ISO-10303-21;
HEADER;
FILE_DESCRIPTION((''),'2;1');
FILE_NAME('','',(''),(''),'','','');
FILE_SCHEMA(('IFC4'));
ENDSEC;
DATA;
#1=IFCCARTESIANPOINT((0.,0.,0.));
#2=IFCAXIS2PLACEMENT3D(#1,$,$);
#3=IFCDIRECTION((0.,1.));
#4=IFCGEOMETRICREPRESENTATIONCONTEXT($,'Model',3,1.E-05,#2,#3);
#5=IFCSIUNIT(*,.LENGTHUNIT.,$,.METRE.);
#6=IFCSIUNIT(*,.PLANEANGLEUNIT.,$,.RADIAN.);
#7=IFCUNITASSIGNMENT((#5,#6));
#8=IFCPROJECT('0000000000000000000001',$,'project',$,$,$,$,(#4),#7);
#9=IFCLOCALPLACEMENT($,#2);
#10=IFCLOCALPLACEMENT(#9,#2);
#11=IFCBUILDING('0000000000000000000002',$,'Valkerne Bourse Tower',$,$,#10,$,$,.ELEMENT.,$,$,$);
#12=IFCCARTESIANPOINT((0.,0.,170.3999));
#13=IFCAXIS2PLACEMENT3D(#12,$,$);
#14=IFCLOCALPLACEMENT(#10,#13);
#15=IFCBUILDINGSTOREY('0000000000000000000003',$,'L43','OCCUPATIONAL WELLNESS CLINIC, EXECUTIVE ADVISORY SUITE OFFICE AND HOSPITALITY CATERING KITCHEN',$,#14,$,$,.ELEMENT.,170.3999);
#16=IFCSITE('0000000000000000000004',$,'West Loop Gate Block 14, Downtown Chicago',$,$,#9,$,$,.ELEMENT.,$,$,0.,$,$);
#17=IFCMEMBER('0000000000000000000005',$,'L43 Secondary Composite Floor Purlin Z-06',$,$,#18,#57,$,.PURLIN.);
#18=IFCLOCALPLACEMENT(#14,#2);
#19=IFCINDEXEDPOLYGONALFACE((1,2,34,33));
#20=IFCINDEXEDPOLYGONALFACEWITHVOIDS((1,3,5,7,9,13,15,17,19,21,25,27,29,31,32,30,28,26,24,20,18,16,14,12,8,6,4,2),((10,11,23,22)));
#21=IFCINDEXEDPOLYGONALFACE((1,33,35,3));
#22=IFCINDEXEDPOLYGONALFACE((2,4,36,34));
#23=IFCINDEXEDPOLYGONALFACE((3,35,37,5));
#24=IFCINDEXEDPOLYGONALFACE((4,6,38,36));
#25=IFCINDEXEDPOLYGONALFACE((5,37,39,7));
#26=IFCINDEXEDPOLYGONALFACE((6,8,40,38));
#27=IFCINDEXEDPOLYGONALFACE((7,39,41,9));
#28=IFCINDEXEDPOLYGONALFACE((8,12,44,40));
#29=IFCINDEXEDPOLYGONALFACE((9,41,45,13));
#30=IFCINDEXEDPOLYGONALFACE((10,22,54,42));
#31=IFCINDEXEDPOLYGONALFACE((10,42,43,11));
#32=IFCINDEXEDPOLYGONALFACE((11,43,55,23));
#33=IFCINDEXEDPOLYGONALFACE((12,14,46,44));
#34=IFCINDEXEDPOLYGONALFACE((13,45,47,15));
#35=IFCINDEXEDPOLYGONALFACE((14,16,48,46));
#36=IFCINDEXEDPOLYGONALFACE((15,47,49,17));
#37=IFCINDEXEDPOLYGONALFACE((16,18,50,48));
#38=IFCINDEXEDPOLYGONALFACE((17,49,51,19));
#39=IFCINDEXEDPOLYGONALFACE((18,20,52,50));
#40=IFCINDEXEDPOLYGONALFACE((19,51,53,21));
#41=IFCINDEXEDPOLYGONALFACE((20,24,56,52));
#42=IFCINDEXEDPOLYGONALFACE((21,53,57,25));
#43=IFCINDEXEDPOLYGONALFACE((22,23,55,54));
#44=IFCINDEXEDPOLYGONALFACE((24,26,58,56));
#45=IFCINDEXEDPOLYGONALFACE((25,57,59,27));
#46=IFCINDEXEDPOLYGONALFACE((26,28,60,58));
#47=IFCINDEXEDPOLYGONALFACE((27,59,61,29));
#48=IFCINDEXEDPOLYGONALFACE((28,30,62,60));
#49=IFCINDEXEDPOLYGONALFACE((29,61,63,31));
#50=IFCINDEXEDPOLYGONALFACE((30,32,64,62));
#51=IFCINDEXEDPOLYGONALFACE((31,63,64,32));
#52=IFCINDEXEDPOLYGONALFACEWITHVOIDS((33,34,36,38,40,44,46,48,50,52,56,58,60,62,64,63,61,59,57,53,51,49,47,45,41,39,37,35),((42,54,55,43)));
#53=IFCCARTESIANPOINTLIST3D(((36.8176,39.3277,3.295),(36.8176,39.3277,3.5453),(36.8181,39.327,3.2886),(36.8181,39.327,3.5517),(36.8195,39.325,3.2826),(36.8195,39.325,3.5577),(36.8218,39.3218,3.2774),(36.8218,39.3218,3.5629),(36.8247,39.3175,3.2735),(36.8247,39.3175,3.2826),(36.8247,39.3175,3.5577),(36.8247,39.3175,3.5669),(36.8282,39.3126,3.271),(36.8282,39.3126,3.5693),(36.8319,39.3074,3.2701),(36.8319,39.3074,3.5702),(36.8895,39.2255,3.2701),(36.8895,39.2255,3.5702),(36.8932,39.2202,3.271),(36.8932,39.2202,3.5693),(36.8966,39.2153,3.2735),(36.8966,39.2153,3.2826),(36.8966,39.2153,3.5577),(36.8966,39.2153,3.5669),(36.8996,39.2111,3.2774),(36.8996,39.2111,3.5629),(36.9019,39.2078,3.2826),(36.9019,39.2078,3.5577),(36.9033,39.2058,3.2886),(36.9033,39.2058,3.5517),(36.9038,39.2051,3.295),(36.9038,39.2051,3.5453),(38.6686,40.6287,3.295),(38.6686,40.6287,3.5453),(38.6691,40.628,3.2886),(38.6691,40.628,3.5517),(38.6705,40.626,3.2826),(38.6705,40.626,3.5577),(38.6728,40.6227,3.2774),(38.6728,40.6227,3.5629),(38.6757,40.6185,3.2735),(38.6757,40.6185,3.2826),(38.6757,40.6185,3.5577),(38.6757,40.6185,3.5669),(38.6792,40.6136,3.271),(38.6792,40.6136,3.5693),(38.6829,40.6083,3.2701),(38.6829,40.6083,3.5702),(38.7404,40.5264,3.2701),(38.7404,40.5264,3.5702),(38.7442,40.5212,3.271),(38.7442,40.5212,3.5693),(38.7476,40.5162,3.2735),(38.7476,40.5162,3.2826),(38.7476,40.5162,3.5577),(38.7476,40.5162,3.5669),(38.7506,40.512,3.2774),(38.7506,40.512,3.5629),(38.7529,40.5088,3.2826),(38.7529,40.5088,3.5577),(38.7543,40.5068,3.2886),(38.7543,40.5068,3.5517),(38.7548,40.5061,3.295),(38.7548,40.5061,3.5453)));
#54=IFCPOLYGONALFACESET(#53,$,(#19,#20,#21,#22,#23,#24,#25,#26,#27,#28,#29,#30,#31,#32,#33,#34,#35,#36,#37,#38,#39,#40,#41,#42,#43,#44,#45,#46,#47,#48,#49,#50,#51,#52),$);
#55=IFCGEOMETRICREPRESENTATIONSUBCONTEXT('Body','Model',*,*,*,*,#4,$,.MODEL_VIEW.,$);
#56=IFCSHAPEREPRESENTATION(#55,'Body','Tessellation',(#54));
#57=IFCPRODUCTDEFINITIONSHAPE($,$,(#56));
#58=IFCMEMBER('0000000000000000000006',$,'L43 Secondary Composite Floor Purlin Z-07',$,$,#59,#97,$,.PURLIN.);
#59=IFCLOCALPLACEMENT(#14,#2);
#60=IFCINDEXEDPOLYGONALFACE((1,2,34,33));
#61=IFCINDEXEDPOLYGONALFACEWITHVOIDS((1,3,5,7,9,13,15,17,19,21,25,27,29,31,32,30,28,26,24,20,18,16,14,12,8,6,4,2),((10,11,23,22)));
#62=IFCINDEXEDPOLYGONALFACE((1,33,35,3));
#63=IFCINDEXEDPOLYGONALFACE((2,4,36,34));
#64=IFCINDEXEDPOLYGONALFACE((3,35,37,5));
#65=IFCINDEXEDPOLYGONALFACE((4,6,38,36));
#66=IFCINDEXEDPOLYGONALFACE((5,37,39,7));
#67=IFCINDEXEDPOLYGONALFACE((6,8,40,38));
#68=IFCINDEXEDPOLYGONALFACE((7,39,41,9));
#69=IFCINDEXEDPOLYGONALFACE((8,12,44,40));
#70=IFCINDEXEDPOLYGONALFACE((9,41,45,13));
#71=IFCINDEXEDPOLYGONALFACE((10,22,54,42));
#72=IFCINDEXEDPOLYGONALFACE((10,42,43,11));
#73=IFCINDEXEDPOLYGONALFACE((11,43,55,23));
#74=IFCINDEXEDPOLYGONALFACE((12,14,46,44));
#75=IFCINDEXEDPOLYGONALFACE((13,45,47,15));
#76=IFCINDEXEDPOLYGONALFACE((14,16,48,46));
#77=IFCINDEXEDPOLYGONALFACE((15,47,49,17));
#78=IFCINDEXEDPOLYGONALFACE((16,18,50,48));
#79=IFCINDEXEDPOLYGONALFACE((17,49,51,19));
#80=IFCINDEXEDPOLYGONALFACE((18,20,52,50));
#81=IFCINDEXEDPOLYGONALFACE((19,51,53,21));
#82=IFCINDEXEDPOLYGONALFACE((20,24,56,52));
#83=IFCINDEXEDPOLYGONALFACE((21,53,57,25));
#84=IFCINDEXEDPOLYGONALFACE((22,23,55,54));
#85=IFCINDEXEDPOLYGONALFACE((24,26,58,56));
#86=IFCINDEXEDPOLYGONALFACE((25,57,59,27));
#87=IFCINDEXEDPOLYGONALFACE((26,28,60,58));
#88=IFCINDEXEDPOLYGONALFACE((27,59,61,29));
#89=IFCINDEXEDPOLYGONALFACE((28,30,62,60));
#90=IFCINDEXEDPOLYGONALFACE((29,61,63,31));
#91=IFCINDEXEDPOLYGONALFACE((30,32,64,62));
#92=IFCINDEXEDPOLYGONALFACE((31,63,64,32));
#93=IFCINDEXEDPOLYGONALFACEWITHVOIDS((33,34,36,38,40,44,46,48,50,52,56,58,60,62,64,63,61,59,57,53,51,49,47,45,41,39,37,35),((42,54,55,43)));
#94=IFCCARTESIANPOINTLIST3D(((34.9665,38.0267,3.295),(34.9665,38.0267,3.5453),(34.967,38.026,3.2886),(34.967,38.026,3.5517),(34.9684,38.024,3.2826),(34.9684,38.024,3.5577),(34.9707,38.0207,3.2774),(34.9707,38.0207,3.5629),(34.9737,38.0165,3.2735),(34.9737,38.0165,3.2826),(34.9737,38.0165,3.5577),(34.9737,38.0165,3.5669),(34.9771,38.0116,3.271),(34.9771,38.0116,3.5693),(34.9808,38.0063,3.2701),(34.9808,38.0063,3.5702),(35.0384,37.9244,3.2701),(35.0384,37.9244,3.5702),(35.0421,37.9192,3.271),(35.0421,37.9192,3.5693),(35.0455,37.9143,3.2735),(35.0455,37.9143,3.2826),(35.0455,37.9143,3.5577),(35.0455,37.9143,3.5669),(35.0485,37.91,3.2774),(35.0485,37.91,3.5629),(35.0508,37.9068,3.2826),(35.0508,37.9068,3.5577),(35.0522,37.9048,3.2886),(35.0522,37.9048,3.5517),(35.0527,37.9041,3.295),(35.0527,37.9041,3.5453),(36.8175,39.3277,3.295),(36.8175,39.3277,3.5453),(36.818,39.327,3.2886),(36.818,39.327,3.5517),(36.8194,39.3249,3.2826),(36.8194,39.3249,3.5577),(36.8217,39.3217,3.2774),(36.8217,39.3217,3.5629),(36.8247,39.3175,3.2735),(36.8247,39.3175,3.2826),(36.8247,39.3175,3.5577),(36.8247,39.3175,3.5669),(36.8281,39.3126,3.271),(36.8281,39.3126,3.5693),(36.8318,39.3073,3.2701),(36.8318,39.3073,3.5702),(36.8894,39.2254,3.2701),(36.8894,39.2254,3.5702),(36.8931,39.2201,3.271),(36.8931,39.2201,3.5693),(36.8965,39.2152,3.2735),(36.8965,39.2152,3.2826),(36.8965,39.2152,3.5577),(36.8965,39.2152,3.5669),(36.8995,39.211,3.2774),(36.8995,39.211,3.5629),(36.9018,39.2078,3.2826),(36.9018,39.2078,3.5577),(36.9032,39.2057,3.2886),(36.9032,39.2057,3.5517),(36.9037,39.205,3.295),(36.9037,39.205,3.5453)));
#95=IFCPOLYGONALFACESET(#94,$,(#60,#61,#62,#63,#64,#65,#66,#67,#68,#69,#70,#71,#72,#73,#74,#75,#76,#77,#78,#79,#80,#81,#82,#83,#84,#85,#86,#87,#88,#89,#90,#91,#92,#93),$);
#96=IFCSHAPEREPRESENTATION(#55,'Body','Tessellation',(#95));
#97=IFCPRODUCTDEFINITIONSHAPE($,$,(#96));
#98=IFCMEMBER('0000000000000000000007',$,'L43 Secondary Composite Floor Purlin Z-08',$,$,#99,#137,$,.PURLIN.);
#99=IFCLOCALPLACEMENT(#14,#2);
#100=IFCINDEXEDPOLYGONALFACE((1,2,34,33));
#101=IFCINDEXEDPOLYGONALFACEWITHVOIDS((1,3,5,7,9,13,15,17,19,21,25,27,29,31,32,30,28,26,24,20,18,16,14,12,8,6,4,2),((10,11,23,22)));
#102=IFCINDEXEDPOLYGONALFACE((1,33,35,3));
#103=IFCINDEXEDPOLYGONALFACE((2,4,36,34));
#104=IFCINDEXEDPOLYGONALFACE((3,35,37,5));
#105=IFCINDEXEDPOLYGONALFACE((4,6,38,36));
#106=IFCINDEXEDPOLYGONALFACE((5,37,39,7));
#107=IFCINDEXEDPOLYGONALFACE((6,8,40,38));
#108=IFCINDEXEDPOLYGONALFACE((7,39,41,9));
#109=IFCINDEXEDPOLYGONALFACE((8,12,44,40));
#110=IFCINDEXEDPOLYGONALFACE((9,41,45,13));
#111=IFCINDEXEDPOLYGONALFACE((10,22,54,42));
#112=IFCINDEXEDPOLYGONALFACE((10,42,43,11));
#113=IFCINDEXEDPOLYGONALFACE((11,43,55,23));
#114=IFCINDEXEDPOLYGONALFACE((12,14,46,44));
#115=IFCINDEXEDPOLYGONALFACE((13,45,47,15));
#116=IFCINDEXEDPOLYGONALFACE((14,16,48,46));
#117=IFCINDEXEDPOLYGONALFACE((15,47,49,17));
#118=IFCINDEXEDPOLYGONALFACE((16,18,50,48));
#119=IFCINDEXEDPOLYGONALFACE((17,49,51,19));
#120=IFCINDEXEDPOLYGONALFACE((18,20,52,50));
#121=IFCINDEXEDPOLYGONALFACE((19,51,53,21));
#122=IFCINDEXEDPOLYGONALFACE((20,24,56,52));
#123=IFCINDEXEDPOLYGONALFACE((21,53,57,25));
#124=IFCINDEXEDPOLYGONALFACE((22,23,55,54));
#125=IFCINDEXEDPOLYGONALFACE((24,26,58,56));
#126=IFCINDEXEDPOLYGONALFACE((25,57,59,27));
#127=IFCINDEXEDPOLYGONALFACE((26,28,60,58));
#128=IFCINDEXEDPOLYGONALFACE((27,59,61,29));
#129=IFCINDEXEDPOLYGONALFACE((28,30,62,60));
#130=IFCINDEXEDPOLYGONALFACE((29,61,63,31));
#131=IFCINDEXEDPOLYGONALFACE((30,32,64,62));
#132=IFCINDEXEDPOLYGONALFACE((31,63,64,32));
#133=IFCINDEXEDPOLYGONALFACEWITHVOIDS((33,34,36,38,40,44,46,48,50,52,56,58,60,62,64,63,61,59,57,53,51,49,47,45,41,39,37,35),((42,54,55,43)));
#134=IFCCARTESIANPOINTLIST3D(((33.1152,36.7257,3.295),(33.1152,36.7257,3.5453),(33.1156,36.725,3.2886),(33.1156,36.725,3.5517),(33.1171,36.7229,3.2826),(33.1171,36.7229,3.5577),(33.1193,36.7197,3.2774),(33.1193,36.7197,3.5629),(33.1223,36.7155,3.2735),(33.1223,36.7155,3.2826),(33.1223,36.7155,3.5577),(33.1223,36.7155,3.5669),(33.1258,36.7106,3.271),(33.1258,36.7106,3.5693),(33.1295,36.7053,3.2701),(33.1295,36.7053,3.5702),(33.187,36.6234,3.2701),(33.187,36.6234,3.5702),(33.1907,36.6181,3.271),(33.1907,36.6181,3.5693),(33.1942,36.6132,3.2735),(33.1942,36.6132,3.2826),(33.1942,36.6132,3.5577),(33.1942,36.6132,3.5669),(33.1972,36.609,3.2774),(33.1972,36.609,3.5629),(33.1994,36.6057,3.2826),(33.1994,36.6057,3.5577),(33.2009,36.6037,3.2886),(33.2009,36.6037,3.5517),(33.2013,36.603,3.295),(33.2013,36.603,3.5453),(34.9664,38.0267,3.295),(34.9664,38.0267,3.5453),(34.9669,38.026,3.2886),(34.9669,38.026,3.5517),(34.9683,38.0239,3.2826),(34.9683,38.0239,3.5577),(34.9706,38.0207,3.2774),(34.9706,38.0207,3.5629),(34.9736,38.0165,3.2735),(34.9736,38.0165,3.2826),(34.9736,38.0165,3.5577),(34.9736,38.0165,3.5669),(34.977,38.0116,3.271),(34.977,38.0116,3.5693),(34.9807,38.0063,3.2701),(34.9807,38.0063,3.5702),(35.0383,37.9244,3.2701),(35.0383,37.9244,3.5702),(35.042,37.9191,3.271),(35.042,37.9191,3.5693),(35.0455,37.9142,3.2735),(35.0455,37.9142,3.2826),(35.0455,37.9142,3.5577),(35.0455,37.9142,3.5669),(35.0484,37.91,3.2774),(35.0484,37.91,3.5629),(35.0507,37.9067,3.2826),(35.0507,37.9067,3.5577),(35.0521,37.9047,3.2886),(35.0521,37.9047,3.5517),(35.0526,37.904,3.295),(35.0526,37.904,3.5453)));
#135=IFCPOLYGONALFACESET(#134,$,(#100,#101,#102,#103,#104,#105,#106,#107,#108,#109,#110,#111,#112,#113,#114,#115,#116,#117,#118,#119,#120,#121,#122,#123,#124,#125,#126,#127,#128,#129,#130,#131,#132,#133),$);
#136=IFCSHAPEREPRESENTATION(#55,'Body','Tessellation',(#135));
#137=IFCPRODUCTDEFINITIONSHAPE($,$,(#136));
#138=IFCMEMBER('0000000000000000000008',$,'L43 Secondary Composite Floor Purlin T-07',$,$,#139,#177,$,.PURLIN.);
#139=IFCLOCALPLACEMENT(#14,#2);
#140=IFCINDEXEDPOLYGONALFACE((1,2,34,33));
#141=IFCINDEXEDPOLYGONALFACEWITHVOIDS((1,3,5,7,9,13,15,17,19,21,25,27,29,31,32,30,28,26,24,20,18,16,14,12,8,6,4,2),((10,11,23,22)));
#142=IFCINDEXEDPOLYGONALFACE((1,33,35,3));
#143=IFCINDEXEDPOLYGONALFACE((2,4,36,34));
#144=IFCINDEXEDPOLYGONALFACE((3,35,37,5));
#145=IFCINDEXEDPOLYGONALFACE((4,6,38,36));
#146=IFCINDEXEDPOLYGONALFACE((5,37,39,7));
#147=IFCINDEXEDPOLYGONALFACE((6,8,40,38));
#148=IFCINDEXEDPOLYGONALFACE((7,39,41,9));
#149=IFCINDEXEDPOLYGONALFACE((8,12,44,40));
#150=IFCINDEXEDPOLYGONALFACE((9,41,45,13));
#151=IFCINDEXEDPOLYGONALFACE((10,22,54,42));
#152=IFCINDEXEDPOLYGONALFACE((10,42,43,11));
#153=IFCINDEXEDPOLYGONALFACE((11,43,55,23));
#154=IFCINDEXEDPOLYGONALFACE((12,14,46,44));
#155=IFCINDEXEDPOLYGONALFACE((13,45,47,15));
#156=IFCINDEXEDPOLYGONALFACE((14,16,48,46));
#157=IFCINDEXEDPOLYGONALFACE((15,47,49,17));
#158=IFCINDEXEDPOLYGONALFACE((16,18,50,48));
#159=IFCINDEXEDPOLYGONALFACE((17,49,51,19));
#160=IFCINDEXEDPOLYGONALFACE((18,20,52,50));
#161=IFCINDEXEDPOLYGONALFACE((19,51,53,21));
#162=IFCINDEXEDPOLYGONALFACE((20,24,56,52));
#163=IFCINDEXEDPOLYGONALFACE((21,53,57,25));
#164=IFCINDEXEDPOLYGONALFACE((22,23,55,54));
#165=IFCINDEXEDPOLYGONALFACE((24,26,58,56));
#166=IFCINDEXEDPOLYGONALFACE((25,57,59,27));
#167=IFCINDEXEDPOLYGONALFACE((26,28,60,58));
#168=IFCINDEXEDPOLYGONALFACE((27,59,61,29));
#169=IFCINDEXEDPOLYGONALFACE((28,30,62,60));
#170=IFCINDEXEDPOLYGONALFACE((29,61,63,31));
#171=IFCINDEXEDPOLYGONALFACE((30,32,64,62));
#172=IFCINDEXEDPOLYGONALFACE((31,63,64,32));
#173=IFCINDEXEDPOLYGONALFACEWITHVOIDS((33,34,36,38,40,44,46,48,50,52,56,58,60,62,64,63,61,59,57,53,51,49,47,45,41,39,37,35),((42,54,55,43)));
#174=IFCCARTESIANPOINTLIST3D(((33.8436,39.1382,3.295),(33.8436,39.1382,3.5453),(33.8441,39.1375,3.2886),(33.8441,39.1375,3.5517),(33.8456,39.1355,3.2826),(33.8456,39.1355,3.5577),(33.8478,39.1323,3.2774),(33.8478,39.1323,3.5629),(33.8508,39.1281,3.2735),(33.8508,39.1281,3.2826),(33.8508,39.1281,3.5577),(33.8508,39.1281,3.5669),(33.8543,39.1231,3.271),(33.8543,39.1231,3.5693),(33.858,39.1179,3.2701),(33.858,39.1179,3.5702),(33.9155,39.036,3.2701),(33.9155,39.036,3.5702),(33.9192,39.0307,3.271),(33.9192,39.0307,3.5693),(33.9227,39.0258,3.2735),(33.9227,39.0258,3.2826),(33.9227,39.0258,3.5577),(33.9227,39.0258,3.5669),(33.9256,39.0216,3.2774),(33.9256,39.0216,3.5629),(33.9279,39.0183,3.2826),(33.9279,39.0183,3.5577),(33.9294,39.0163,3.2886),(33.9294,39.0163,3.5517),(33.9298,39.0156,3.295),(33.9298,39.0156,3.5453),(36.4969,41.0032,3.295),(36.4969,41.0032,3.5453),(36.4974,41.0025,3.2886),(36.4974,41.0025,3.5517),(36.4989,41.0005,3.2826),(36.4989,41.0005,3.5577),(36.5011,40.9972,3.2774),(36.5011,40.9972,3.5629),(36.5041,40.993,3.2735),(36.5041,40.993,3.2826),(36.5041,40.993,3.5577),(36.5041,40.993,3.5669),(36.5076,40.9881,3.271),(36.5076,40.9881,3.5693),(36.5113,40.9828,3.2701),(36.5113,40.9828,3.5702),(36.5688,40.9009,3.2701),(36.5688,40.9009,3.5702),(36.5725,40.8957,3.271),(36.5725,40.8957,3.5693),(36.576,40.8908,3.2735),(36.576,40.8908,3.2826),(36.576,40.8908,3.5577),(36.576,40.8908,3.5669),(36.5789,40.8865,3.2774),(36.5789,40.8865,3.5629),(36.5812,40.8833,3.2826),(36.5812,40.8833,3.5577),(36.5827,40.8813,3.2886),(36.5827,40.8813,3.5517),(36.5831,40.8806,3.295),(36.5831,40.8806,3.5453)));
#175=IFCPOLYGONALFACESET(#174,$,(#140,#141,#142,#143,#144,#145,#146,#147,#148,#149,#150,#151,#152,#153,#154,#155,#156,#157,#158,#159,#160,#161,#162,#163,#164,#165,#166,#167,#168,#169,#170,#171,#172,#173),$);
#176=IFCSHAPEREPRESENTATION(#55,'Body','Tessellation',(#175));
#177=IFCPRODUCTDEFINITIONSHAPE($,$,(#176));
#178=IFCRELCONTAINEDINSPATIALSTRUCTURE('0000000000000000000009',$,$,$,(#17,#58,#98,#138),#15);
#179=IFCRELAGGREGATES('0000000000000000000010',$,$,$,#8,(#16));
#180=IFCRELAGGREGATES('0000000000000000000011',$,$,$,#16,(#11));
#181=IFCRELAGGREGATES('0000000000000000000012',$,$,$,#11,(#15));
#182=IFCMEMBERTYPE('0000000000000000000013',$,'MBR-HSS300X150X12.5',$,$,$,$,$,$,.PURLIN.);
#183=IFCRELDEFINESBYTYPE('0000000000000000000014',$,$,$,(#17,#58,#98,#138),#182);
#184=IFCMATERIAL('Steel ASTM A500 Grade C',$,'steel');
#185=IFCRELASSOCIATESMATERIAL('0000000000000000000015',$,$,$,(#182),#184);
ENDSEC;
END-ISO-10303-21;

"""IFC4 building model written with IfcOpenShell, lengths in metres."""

from ifc_helpers import new_model, si_unit, direction, frame, origin, origin_2d, place, context, subcontext, project, spatial, hollow_rectangle, extrude, material, material_profile, profile_set, type_object, element, save


model = new_model("IFC4")

# Units and contexts
model_context = context("Model", 3, precision=1e-05, world=origin(), true_north=direction((0.0, 1.0)))
body_context = subcontext(model_context, "Body", "Model", "MODEL_VIEW")
ifc_project = project(units=[si_unit("LENGTHUNIT", "METRE"), si_unit("PLANEANGLEUNIT", "RADIAN")], contexts=[model_context])

# Site, building, storey
site_placement = place(None, origin())
site = spatial("IfcSite", under=ifc_project, at=site_placement, Name="West Loop Gate Block 14, Downtown Chicago", CompositionType="ELEMENT", RefElevation=0.0)
building_placement = place(site_placement, origin())
building = spatial("IfcBuilding", under=site, at=building_placement, Name="Valkerne Bourse Tower", CompositionType="ELEMENT")
storey_placement = place(building_placement, frame((0.0, 0.0, 170.3999)))
storey = spatial("IfcBuildingStorey", under=building, at=storey_placement, Name="L43", Description="OCCUPATIONAL WELLNESS CLINIC, EXECUTIVE ADVISORY SUITE OFFICE AND HOSPITALITY CATERING KITCHEN", CompositionType="ELEMENT", Elevation=170.3999)

# Members
ifc_material_1 = material(Name="Steel ASTM A500 Grade C", Category="steel")
ifc_material_profile_1 = material_profile(ifc_material_1, hollow_rectangle(XDim=0.1499, YDim=0.3, WallThickness=0.0125, OuterFilletRadius=0.0249, at=origin_2d()), Name="HSS300X150X12.5")
ifc_profile_set_1 = profile_set([ifc_material_profile_1], Name="Steel ASTM A500 Grade C")
member_type_1 = type_object("IfcMemberType", Name="MBR-HSS300X150X12.5", PredefinedType="PURLIN", material=ifc_profile_set_1)
for number, where, z_axis, x_axis, name in (
    (1, (38.7117, 40.5674, 3.4202), (-0.818135, -0.575026, 0.0), (0.575026, -0.818135, 0.0), "L43 Secondary Composite Floor Purlin Z-06"),
    (2, (36.8606, 39.2664, 3.4202), (-0.818135, -0.575026, 0.0), (0.575026, -0.818135, 0.0), "L43 Secondary Composite Floor Purlin Z-07"),
):
    element("IfcMember", number, at=place(storey_placement, frame(where, z_axis=z_axis, x_axis=x_axis)), inside=storey, type_object=member_type_1, Name=name, PredefinedType="PURLIN", context=body_context, shape_type="SweptSolid", body=[
        extrude(hollow_rectangle(XDim=0.1499, YDim=0.3, WallThickness=0.0125, OuterFilletRadius=0.0249, at=origin_2d()), origin(), (0.0, 0.0, 1.0), 2.2625),
    ])
member_1_placement = place(storey_placement, frame((35.0095, 37.9653, 3.4202), z_axis=(-0.818171, -0.574975, 0.0), x_axis=(0.574975, -0.818171, 0.0)))
element("IfcMember", 3, at=member_1_placement, inside=storey, type_object=member_type_1, Name="L43 Secondary Composite Floor Purlin Z-08", PredefinedType="PURLIN", context=body_context, shape_type="SweptSolid", body=[
    extrude(hollow_rectangle(XDim=0.1499, YDim=0.3, WallThickness=0.0125, OuterFilletRadius=0.0249, at=origin_2d()), origin(), (0.0, 0.0, 1.0), 2.2627),
])
for number, where, z_axis, x_axis, name in (
    (4, (36.54, 40.9419, 3.4202), (-0.81812, -0.575048, 0.0), (0.575048, -0.81812, 0.0), "L43 Secondary Composite Floor Purlin T-07"),
):
    element("IfcMember", number, at=place(storey_placement, frame(where, z_axis=z_axis, x_axis=x_axis)), inside=storey, type_object=member_type_1, Name=name, PredefinedType="PURLIN", context=body_context, shape_type="SweptSolid", body=[
        extrude(hollow_rectangle(XDim=0.1499, YDim=0.3, WallThickness=0.0125, OuterFilletRadius=0.0249, at=origin_2d()), origin(), (0.0, 0.0, 1.0), 3.2432),
    ])

save(model, "model.ifc")
